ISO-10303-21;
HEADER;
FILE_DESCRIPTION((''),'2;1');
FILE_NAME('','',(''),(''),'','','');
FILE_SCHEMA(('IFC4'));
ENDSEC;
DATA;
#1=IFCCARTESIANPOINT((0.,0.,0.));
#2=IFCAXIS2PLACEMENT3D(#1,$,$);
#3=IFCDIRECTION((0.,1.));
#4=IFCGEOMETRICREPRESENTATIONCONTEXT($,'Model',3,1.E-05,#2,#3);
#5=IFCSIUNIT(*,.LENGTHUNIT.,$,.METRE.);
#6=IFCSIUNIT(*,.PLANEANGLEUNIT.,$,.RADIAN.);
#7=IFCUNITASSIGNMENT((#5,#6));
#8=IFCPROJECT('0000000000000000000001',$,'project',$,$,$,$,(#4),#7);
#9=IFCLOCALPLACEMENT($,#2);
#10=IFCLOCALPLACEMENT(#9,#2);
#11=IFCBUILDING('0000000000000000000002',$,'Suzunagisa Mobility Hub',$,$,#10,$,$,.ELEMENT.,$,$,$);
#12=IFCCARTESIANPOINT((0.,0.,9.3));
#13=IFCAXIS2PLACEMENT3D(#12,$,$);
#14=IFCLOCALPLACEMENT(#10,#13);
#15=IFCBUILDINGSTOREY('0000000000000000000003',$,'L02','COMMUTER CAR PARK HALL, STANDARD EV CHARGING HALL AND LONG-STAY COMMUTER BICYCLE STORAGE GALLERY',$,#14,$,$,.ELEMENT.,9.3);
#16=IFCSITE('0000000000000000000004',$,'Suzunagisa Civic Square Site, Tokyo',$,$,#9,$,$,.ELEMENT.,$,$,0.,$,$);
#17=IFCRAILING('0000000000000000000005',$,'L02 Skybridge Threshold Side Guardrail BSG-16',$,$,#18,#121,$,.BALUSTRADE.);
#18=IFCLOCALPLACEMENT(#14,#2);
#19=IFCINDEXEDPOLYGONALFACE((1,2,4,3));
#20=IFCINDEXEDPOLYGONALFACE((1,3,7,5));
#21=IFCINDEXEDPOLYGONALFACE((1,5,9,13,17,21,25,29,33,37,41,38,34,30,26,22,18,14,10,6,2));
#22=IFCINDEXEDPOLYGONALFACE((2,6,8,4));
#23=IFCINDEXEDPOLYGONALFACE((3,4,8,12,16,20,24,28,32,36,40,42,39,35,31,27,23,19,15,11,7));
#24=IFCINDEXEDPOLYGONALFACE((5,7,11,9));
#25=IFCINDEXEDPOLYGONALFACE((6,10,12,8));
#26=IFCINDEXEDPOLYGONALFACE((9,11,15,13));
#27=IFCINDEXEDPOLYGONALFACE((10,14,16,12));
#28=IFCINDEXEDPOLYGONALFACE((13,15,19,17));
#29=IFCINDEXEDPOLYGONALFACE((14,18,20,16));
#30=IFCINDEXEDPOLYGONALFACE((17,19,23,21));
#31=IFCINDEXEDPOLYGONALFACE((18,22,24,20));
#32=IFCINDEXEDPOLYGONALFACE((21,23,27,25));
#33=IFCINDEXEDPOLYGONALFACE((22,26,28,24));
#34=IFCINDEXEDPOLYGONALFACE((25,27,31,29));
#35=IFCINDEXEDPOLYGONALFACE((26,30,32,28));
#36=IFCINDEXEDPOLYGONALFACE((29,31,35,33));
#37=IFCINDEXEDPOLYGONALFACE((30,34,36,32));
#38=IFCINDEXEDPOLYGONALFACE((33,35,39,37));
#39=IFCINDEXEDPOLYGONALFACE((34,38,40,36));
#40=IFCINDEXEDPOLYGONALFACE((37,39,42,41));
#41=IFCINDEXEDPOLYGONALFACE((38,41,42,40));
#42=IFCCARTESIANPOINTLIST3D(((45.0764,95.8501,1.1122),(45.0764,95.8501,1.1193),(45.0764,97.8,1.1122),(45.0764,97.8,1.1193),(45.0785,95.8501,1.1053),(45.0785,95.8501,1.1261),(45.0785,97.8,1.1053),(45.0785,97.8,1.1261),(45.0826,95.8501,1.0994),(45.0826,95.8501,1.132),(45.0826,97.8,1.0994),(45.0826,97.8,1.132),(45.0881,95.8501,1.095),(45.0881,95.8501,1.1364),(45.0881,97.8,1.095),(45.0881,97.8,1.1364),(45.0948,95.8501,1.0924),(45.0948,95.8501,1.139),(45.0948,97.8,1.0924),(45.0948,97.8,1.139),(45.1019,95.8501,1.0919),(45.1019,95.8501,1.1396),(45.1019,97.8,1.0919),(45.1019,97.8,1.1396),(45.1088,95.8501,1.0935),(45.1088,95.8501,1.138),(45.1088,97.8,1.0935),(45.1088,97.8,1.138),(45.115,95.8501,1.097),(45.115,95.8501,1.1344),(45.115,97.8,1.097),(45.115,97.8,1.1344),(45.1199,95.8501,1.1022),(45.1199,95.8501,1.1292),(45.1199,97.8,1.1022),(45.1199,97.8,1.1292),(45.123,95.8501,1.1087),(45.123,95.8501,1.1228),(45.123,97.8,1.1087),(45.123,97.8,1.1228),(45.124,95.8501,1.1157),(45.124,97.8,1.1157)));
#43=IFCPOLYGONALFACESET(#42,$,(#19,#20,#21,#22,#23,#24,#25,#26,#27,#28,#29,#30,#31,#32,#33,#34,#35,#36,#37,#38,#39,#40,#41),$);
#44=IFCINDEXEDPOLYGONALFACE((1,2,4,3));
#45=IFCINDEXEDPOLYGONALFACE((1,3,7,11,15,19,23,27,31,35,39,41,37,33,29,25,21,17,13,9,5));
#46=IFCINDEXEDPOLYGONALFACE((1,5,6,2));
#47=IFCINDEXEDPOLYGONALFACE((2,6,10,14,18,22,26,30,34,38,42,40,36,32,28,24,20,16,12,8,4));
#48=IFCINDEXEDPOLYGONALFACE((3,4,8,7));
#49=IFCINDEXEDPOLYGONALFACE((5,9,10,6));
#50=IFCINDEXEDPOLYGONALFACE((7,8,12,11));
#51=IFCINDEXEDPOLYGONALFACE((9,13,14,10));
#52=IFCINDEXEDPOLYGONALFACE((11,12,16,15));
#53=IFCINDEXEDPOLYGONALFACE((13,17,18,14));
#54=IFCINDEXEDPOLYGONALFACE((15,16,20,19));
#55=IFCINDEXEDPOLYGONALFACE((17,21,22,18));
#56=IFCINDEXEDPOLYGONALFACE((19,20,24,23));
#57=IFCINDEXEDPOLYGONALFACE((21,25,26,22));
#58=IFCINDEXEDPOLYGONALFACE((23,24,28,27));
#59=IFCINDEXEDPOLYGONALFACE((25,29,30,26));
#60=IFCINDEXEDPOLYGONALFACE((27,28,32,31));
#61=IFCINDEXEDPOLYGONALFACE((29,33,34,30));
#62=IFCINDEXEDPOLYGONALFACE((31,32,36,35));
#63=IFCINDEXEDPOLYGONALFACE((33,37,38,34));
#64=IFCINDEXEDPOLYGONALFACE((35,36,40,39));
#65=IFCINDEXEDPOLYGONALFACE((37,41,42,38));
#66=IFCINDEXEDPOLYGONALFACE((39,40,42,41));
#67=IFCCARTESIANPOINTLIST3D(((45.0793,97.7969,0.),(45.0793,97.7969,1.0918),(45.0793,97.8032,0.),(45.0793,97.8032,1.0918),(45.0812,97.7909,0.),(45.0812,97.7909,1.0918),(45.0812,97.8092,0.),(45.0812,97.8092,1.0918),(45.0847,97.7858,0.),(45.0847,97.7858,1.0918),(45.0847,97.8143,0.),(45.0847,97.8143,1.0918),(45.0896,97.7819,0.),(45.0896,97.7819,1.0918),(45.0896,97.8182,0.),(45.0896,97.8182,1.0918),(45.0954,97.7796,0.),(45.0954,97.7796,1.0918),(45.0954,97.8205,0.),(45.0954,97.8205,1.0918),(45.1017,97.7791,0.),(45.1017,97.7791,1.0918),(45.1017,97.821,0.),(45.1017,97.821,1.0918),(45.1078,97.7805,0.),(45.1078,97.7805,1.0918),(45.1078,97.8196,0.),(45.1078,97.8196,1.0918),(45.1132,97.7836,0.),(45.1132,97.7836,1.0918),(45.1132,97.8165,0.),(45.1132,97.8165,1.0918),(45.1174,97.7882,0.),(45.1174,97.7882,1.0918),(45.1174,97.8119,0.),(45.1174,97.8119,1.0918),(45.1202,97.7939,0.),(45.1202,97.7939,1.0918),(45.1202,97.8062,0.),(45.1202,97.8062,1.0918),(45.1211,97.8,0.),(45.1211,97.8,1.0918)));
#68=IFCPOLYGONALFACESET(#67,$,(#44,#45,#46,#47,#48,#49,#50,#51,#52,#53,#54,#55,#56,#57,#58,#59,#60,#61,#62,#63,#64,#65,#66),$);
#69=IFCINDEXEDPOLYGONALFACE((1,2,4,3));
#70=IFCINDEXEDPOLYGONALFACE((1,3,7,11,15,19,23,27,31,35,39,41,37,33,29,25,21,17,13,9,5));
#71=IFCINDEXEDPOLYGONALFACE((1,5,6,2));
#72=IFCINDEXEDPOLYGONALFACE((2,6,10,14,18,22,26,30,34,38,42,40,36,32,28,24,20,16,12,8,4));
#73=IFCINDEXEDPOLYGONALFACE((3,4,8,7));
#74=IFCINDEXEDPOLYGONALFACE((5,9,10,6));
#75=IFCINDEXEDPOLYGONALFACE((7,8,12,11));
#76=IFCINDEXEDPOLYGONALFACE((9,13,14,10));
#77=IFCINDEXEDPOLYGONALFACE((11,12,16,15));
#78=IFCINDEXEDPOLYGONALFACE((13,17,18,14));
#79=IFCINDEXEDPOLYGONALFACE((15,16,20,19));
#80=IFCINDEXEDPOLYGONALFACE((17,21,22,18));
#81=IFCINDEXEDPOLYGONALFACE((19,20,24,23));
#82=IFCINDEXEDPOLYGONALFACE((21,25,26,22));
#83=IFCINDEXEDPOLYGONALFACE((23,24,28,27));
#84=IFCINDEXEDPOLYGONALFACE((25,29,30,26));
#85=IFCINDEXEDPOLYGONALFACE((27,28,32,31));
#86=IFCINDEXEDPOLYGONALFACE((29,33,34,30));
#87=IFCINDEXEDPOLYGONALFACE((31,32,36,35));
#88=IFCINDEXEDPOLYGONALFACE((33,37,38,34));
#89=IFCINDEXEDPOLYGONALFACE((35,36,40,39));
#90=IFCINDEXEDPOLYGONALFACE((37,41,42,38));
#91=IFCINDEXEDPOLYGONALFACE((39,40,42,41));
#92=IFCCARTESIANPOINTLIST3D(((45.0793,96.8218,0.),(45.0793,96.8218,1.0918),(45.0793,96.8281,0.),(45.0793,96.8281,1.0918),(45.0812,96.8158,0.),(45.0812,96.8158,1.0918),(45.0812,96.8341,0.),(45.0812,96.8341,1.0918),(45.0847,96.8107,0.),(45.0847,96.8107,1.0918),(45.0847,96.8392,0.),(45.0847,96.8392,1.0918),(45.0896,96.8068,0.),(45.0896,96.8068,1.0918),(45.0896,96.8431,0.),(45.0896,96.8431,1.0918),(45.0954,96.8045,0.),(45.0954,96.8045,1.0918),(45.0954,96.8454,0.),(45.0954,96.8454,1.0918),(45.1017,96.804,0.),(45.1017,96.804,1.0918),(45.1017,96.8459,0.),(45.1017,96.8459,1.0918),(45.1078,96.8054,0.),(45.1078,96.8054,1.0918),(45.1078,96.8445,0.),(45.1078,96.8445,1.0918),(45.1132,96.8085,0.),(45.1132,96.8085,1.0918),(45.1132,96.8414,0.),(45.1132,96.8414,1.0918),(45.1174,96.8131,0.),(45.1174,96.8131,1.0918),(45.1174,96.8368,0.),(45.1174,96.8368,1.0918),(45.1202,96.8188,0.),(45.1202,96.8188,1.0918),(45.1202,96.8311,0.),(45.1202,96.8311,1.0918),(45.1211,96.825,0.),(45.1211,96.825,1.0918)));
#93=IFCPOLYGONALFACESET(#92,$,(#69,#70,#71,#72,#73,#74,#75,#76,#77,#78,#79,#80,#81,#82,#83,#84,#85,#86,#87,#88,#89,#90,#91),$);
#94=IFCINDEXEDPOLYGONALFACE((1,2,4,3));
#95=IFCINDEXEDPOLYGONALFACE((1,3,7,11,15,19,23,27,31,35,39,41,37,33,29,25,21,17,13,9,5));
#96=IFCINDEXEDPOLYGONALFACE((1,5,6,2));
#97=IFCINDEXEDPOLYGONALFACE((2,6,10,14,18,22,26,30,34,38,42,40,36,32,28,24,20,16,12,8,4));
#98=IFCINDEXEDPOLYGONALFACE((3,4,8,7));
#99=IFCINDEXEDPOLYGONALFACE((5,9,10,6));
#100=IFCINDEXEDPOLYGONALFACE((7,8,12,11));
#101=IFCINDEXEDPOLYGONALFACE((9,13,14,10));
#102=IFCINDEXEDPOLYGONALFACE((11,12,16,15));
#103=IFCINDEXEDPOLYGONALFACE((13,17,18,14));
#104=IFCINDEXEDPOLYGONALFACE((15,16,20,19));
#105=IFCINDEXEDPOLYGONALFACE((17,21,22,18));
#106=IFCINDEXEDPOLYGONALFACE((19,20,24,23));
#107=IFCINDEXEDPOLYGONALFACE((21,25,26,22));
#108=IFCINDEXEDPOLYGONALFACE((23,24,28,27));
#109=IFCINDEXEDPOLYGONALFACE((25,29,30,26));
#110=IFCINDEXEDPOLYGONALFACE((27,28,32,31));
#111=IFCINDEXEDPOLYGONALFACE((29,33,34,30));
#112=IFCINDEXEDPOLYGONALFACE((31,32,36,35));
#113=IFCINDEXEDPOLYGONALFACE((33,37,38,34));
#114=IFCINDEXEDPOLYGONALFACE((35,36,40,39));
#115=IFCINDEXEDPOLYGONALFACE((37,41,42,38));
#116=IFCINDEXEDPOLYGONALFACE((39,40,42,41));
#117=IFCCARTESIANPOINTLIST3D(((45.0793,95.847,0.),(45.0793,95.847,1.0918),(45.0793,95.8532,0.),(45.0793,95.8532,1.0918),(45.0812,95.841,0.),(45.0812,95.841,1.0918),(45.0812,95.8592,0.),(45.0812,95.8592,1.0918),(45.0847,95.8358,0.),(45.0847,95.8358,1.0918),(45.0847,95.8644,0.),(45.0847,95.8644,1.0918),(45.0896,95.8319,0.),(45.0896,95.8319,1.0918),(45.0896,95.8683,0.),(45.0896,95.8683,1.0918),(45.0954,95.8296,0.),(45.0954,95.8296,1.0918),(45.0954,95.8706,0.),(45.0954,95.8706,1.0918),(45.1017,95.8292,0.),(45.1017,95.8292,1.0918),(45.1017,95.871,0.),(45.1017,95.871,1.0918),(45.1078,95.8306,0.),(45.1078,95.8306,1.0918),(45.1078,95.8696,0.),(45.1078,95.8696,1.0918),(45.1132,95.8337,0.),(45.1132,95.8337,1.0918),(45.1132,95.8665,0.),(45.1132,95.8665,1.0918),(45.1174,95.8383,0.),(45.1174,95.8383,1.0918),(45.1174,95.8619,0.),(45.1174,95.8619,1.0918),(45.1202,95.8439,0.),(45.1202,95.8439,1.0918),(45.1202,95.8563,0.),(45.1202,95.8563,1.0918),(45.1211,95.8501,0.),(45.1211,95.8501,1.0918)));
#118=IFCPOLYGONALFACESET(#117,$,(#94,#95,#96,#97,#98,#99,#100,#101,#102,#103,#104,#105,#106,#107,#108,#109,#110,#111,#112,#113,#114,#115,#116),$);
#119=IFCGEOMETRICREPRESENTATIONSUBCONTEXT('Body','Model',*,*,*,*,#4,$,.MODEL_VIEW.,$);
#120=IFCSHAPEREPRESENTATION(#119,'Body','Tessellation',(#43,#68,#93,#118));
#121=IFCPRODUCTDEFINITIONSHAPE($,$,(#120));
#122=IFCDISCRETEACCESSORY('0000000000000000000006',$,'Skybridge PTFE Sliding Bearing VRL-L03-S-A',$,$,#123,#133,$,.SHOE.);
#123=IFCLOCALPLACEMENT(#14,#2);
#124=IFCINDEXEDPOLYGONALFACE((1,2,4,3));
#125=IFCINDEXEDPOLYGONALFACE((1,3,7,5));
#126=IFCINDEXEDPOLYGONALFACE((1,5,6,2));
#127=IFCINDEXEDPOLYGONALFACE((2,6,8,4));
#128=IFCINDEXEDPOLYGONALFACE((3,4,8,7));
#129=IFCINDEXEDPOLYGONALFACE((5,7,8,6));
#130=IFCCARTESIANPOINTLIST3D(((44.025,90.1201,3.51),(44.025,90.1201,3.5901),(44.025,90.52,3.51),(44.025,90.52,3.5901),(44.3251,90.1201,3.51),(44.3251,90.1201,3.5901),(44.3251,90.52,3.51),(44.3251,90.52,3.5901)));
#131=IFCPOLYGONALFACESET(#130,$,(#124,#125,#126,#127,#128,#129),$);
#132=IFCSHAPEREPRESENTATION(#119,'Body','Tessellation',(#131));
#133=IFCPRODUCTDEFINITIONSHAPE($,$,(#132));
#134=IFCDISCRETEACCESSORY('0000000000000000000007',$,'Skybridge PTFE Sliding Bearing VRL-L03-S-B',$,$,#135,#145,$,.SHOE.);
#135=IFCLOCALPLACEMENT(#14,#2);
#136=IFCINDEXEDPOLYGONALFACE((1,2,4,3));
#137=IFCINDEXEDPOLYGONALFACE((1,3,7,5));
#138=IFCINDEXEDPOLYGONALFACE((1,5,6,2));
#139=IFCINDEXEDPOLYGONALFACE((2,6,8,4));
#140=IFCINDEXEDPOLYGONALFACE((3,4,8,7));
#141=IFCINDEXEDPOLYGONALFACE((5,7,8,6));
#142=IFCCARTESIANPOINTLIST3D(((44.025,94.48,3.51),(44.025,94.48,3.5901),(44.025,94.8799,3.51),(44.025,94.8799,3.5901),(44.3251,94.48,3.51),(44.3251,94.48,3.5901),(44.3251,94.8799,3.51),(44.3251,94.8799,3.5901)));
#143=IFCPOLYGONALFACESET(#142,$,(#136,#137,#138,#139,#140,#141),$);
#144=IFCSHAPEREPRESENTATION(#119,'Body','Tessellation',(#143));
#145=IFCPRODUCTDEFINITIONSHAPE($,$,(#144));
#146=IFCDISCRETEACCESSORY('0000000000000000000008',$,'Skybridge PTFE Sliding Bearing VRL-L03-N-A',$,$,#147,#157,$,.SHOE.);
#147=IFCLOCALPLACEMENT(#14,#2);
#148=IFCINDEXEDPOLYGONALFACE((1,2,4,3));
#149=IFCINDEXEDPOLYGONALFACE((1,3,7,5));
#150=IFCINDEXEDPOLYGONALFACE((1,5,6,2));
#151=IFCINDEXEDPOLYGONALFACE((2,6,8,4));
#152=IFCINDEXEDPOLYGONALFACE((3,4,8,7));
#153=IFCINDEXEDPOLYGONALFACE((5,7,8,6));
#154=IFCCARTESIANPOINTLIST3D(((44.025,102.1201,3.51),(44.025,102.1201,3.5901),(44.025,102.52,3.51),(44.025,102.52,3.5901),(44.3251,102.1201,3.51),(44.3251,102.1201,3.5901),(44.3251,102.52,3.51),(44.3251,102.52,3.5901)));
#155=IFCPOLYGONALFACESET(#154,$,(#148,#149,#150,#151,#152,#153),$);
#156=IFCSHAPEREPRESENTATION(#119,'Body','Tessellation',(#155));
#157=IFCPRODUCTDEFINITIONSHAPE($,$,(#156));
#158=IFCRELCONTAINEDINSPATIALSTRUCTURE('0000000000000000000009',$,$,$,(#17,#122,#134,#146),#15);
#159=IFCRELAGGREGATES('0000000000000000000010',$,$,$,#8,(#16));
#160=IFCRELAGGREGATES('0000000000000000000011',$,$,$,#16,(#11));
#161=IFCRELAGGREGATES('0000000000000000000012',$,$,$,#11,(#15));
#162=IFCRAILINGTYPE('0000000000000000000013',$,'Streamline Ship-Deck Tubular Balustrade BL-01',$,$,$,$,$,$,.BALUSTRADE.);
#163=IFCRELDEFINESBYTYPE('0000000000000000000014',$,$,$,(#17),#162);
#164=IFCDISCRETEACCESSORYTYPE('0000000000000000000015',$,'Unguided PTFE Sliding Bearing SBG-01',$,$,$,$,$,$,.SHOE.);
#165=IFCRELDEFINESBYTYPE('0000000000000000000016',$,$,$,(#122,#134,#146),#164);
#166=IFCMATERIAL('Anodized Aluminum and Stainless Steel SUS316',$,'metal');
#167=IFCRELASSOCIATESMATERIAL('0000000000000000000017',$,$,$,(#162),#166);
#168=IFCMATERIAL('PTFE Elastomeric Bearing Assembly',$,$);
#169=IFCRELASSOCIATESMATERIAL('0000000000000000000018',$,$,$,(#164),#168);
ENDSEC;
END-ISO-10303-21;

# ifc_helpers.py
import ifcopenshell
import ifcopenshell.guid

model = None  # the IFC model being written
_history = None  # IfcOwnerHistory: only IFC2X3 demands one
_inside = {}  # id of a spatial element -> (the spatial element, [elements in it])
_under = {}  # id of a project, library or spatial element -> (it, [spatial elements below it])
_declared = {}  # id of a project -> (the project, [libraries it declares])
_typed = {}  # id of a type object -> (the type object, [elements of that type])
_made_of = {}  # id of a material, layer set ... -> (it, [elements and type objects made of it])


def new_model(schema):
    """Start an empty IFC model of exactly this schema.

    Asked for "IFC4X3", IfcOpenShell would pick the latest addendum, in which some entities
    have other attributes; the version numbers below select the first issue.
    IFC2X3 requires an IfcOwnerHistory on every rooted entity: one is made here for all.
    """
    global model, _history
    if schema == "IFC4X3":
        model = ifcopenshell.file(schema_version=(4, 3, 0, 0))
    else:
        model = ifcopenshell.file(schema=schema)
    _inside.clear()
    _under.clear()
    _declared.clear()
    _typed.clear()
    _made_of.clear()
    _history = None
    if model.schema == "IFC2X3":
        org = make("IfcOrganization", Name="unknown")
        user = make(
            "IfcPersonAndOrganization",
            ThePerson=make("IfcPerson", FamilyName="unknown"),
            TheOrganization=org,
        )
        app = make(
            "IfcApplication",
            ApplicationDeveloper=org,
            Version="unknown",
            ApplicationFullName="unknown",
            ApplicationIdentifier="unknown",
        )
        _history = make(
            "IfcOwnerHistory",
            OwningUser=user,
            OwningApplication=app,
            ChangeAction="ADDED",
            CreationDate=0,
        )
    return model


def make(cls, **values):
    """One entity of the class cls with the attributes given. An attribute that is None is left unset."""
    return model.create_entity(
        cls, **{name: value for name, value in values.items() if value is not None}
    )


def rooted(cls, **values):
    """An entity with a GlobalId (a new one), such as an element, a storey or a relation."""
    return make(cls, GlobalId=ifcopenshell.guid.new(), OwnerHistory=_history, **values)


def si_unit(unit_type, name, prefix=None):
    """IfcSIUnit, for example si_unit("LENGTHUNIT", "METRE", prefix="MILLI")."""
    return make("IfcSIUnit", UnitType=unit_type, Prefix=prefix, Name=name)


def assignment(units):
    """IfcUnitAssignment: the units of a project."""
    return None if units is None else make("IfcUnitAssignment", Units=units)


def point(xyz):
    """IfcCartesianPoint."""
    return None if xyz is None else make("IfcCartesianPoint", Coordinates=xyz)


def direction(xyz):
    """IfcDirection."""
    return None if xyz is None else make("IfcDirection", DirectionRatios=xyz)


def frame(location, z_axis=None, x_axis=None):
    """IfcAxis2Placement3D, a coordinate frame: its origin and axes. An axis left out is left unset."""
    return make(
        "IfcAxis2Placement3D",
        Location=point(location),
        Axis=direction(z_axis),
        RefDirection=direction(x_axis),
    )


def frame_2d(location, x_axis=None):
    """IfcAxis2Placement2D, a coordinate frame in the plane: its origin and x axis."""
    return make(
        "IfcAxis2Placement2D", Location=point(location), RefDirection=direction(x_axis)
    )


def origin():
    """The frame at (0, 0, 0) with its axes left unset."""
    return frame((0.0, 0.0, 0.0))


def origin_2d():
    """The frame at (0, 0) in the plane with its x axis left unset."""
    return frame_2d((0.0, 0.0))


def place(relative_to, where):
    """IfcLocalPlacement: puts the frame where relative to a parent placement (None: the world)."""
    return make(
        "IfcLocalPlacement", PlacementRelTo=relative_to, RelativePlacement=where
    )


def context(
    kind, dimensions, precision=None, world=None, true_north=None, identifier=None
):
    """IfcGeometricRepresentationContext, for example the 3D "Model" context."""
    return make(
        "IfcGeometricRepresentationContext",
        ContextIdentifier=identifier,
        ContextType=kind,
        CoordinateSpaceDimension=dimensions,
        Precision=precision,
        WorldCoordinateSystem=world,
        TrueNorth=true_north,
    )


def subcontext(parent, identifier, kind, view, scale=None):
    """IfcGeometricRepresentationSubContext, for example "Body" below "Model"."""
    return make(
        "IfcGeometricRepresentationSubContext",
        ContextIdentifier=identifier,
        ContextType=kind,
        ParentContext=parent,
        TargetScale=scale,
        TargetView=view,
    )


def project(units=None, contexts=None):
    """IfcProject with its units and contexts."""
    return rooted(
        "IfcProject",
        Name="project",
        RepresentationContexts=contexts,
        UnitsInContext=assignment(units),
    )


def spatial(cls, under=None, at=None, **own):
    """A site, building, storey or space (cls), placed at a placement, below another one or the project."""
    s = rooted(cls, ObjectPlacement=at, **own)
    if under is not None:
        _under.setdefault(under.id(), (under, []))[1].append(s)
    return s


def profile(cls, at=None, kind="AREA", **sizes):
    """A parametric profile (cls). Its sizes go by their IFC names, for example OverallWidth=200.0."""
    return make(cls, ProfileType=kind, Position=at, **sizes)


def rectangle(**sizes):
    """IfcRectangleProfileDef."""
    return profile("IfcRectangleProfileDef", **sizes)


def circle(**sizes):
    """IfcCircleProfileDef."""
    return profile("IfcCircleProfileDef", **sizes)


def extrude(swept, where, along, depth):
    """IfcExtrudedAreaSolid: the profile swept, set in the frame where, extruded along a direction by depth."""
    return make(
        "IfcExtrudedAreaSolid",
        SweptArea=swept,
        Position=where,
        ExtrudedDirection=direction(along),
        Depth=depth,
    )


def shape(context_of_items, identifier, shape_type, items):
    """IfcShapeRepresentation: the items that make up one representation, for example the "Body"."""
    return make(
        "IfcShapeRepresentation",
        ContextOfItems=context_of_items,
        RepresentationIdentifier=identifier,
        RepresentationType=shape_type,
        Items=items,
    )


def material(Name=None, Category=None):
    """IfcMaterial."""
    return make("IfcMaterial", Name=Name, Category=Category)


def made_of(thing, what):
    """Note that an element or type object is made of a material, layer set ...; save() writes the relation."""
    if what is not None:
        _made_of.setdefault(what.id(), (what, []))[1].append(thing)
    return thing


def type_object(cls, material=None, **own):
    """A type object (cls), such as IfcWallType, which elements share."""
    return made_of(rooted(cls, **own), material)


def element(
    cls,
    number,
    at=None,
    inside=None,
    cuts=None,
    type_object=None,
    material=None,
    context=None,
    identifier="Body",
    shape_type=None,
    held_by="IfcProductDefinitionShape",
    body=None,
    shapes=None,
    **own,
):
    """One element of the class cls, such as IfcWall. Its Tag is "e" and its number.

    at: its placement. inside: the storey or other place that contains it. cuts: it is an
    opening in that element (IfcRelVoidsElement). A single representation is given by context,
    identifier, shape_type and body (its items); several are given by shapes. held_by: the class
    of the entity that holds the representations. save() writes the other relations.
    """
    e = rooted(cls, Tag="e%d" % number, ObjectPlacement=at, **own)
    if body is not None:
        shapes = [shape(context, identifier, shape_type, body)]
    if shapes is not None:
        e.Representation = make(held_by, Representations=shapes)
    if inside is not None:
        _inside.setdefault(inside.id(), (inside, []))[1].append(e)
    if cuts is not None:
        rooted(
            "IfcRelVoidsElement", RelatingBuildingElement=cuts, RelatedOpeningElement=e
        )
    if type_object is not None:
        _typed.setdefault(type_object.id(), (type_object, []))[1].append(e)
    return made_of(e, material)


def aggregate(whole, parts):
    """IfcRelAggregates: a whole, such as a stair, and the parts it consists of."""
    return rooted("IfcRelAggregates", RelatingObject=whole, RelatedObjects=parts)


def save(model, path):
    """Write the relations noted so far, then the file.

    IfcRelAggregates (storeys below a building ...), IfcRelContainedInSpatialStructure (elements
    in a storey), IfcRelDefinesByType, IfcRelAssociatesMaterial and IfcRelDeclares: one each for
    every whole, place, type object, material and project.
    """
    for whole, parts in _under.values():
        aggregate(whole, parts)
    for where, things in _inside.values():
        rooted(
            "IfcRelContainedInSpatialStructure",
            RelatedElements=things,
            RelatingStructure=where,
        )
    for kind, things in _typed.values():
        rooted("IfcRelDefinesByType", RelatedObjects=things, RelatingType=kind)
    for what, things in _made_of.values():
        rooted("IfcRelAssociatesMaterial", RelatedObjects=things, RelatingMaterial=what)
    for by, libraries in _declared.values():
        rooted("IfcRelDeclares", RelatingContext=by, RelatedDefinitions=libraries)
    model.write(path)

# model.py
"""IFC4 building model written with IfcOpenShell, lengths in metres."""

from ifc_helpers import new_model, si_unit, direction, frame, origin, origin_2d, place, context, subcontext, project, spatial, rectangle, circle, extrude, material, type_object, element, save


model = new_model("IFC4")

# Units and contexts
model_context = context("Model", 3, precision=1e-05, world=origin(), true_north=direction((0.0, 1.0)))
body_context = subcontext(model_context, "Body", "Model", "MODEL_VIEW")
ifc_project = project(units=[si_unit("LENGTHUNIT", "METRE"), si_unit("PLANEANGLEUNIT", "RADIAN")], contexts=[model_context])

# Site, building, storey
site_placement = place(None, origin())
site = spatial("IfcSite", under=ifc_project, at=site_placement, Name="Suzunagisa Civic Square Site, Tokyo", CompositionType="ELEMENT", RefElevation=0.0)
building_placement = place(site_placement, origin())
building = spatial("IfcBuilding", under=site, at=building_placement, Name="Suzunagisa Mobility Hub", CompositionType="ELEMENT")
storey_placement = place(building_placement, frame((0.0, 0.0, 9.3)))
storey = spatial("IfcBuildingStorey", under=building, at=storey_placement, Name="L02", Description="COMMUTER CAR PARK HALL, STANDARD EV CHARGING HALL AND LONG-STAY COMMUTER BICYCLE STORAGE GALLERY", CompositionType="ELEMENT", Elevation=9.3)

# Railing
ifc_material_1 = material(Name="Anodized Aluminum and Stainless Steel SUS316", Category="metal")
railing_type_1 = type_object("IfcRailingType", Name="Streamline Ship-Deck Tubular Balustrade BL-01", PredefinedType="BALUSTRADE", material=ifc_material_1)
railing_1_placement = place(storey_placement, frame((45.1001, 97.8, 0.0)))
element("IfcRailing", 1, at=railing_1_placement, inside=storey, type_object=railing_type_1, Name="L02 Skybridge Threshold Side Guardrail BSG-16", PredefinedType="BALUSTRADE", context=body_context, shape_type="SweptSolid", body=[
    extrude(circle(Radius=0.0239, at=origin_2d()), frame((0.0, 0.0, 1.1157), z_axis=(0.0, -1.0, 0.0), x_axis=(1.0, 0.0, 0.0)), (0.0, 0.0, 1.0), 1.95),
    extrude(circle(Radius=0.021, at=origin_2d()), origin(), (0.0, 0.0, 1.0), 1.0918),
    extrude(circle(Radius=0.021, at=origin_2d()), frame((0.0, -0.9751, 0.0)), (0.0, 0.0, 1.0), 1.0918),
    extrude(circle(Radius=0.021, at=origin_2d()), frame((0.0, -1.95, 0.0)), (0.0, 0.0, 1.0), 1.0918),
])

# Discrete accessories
ifc_material_2 = material(Name="PTFE Elastomeric Bearing Assembly")
discrete_accessory_type = type_object("IfcDiscreteAccessoryType", Name="Unguided PTFE Sliding Bearing SBG-01", PredefinedType="SHOE", material=ifc_material_2)
for number, where, z_axis, x_axis, name in (
    (2, (44.175, 90.3201, 3.51), (0.0, 0.0, 1.0), (1.0, 0.0, 0.0), "Skybridge PTFE Sliding Bearing VRL-L03-S-A"),
    (3, (44.175, 94.6799, 3.51), (0.0, 0.0, 1.0), (1.0, 0.0, 0.0), "Skybridge PTFE Sliding Bearing VRL-L03-S-B"),
    (4, (44.175, 102.3201, 3.51), (0.0, 0.0, 1.0), (1.0, 0.0, 0.0), "Skybridge PTFE Sliding Bearing VRL-L03-N-A"),
):
    element("IfcDiscreteAccessory", number, at=place(storey_placement, frame(where, z_axis=z_axis, x_axis=x_axis)), inside=storey, type_object=discrete_accessory_type, Name=name, PredefinedType="SHOE", context=body_context, shape_type="SweptSolid", body=[
        extrude(rectangle(XDim=0.3, YDim=0.3999, at=origin_2d()), origin(), (0.0, 0.0, 1.0), 0.0801),
    ])

save(model, "model.ifc")
